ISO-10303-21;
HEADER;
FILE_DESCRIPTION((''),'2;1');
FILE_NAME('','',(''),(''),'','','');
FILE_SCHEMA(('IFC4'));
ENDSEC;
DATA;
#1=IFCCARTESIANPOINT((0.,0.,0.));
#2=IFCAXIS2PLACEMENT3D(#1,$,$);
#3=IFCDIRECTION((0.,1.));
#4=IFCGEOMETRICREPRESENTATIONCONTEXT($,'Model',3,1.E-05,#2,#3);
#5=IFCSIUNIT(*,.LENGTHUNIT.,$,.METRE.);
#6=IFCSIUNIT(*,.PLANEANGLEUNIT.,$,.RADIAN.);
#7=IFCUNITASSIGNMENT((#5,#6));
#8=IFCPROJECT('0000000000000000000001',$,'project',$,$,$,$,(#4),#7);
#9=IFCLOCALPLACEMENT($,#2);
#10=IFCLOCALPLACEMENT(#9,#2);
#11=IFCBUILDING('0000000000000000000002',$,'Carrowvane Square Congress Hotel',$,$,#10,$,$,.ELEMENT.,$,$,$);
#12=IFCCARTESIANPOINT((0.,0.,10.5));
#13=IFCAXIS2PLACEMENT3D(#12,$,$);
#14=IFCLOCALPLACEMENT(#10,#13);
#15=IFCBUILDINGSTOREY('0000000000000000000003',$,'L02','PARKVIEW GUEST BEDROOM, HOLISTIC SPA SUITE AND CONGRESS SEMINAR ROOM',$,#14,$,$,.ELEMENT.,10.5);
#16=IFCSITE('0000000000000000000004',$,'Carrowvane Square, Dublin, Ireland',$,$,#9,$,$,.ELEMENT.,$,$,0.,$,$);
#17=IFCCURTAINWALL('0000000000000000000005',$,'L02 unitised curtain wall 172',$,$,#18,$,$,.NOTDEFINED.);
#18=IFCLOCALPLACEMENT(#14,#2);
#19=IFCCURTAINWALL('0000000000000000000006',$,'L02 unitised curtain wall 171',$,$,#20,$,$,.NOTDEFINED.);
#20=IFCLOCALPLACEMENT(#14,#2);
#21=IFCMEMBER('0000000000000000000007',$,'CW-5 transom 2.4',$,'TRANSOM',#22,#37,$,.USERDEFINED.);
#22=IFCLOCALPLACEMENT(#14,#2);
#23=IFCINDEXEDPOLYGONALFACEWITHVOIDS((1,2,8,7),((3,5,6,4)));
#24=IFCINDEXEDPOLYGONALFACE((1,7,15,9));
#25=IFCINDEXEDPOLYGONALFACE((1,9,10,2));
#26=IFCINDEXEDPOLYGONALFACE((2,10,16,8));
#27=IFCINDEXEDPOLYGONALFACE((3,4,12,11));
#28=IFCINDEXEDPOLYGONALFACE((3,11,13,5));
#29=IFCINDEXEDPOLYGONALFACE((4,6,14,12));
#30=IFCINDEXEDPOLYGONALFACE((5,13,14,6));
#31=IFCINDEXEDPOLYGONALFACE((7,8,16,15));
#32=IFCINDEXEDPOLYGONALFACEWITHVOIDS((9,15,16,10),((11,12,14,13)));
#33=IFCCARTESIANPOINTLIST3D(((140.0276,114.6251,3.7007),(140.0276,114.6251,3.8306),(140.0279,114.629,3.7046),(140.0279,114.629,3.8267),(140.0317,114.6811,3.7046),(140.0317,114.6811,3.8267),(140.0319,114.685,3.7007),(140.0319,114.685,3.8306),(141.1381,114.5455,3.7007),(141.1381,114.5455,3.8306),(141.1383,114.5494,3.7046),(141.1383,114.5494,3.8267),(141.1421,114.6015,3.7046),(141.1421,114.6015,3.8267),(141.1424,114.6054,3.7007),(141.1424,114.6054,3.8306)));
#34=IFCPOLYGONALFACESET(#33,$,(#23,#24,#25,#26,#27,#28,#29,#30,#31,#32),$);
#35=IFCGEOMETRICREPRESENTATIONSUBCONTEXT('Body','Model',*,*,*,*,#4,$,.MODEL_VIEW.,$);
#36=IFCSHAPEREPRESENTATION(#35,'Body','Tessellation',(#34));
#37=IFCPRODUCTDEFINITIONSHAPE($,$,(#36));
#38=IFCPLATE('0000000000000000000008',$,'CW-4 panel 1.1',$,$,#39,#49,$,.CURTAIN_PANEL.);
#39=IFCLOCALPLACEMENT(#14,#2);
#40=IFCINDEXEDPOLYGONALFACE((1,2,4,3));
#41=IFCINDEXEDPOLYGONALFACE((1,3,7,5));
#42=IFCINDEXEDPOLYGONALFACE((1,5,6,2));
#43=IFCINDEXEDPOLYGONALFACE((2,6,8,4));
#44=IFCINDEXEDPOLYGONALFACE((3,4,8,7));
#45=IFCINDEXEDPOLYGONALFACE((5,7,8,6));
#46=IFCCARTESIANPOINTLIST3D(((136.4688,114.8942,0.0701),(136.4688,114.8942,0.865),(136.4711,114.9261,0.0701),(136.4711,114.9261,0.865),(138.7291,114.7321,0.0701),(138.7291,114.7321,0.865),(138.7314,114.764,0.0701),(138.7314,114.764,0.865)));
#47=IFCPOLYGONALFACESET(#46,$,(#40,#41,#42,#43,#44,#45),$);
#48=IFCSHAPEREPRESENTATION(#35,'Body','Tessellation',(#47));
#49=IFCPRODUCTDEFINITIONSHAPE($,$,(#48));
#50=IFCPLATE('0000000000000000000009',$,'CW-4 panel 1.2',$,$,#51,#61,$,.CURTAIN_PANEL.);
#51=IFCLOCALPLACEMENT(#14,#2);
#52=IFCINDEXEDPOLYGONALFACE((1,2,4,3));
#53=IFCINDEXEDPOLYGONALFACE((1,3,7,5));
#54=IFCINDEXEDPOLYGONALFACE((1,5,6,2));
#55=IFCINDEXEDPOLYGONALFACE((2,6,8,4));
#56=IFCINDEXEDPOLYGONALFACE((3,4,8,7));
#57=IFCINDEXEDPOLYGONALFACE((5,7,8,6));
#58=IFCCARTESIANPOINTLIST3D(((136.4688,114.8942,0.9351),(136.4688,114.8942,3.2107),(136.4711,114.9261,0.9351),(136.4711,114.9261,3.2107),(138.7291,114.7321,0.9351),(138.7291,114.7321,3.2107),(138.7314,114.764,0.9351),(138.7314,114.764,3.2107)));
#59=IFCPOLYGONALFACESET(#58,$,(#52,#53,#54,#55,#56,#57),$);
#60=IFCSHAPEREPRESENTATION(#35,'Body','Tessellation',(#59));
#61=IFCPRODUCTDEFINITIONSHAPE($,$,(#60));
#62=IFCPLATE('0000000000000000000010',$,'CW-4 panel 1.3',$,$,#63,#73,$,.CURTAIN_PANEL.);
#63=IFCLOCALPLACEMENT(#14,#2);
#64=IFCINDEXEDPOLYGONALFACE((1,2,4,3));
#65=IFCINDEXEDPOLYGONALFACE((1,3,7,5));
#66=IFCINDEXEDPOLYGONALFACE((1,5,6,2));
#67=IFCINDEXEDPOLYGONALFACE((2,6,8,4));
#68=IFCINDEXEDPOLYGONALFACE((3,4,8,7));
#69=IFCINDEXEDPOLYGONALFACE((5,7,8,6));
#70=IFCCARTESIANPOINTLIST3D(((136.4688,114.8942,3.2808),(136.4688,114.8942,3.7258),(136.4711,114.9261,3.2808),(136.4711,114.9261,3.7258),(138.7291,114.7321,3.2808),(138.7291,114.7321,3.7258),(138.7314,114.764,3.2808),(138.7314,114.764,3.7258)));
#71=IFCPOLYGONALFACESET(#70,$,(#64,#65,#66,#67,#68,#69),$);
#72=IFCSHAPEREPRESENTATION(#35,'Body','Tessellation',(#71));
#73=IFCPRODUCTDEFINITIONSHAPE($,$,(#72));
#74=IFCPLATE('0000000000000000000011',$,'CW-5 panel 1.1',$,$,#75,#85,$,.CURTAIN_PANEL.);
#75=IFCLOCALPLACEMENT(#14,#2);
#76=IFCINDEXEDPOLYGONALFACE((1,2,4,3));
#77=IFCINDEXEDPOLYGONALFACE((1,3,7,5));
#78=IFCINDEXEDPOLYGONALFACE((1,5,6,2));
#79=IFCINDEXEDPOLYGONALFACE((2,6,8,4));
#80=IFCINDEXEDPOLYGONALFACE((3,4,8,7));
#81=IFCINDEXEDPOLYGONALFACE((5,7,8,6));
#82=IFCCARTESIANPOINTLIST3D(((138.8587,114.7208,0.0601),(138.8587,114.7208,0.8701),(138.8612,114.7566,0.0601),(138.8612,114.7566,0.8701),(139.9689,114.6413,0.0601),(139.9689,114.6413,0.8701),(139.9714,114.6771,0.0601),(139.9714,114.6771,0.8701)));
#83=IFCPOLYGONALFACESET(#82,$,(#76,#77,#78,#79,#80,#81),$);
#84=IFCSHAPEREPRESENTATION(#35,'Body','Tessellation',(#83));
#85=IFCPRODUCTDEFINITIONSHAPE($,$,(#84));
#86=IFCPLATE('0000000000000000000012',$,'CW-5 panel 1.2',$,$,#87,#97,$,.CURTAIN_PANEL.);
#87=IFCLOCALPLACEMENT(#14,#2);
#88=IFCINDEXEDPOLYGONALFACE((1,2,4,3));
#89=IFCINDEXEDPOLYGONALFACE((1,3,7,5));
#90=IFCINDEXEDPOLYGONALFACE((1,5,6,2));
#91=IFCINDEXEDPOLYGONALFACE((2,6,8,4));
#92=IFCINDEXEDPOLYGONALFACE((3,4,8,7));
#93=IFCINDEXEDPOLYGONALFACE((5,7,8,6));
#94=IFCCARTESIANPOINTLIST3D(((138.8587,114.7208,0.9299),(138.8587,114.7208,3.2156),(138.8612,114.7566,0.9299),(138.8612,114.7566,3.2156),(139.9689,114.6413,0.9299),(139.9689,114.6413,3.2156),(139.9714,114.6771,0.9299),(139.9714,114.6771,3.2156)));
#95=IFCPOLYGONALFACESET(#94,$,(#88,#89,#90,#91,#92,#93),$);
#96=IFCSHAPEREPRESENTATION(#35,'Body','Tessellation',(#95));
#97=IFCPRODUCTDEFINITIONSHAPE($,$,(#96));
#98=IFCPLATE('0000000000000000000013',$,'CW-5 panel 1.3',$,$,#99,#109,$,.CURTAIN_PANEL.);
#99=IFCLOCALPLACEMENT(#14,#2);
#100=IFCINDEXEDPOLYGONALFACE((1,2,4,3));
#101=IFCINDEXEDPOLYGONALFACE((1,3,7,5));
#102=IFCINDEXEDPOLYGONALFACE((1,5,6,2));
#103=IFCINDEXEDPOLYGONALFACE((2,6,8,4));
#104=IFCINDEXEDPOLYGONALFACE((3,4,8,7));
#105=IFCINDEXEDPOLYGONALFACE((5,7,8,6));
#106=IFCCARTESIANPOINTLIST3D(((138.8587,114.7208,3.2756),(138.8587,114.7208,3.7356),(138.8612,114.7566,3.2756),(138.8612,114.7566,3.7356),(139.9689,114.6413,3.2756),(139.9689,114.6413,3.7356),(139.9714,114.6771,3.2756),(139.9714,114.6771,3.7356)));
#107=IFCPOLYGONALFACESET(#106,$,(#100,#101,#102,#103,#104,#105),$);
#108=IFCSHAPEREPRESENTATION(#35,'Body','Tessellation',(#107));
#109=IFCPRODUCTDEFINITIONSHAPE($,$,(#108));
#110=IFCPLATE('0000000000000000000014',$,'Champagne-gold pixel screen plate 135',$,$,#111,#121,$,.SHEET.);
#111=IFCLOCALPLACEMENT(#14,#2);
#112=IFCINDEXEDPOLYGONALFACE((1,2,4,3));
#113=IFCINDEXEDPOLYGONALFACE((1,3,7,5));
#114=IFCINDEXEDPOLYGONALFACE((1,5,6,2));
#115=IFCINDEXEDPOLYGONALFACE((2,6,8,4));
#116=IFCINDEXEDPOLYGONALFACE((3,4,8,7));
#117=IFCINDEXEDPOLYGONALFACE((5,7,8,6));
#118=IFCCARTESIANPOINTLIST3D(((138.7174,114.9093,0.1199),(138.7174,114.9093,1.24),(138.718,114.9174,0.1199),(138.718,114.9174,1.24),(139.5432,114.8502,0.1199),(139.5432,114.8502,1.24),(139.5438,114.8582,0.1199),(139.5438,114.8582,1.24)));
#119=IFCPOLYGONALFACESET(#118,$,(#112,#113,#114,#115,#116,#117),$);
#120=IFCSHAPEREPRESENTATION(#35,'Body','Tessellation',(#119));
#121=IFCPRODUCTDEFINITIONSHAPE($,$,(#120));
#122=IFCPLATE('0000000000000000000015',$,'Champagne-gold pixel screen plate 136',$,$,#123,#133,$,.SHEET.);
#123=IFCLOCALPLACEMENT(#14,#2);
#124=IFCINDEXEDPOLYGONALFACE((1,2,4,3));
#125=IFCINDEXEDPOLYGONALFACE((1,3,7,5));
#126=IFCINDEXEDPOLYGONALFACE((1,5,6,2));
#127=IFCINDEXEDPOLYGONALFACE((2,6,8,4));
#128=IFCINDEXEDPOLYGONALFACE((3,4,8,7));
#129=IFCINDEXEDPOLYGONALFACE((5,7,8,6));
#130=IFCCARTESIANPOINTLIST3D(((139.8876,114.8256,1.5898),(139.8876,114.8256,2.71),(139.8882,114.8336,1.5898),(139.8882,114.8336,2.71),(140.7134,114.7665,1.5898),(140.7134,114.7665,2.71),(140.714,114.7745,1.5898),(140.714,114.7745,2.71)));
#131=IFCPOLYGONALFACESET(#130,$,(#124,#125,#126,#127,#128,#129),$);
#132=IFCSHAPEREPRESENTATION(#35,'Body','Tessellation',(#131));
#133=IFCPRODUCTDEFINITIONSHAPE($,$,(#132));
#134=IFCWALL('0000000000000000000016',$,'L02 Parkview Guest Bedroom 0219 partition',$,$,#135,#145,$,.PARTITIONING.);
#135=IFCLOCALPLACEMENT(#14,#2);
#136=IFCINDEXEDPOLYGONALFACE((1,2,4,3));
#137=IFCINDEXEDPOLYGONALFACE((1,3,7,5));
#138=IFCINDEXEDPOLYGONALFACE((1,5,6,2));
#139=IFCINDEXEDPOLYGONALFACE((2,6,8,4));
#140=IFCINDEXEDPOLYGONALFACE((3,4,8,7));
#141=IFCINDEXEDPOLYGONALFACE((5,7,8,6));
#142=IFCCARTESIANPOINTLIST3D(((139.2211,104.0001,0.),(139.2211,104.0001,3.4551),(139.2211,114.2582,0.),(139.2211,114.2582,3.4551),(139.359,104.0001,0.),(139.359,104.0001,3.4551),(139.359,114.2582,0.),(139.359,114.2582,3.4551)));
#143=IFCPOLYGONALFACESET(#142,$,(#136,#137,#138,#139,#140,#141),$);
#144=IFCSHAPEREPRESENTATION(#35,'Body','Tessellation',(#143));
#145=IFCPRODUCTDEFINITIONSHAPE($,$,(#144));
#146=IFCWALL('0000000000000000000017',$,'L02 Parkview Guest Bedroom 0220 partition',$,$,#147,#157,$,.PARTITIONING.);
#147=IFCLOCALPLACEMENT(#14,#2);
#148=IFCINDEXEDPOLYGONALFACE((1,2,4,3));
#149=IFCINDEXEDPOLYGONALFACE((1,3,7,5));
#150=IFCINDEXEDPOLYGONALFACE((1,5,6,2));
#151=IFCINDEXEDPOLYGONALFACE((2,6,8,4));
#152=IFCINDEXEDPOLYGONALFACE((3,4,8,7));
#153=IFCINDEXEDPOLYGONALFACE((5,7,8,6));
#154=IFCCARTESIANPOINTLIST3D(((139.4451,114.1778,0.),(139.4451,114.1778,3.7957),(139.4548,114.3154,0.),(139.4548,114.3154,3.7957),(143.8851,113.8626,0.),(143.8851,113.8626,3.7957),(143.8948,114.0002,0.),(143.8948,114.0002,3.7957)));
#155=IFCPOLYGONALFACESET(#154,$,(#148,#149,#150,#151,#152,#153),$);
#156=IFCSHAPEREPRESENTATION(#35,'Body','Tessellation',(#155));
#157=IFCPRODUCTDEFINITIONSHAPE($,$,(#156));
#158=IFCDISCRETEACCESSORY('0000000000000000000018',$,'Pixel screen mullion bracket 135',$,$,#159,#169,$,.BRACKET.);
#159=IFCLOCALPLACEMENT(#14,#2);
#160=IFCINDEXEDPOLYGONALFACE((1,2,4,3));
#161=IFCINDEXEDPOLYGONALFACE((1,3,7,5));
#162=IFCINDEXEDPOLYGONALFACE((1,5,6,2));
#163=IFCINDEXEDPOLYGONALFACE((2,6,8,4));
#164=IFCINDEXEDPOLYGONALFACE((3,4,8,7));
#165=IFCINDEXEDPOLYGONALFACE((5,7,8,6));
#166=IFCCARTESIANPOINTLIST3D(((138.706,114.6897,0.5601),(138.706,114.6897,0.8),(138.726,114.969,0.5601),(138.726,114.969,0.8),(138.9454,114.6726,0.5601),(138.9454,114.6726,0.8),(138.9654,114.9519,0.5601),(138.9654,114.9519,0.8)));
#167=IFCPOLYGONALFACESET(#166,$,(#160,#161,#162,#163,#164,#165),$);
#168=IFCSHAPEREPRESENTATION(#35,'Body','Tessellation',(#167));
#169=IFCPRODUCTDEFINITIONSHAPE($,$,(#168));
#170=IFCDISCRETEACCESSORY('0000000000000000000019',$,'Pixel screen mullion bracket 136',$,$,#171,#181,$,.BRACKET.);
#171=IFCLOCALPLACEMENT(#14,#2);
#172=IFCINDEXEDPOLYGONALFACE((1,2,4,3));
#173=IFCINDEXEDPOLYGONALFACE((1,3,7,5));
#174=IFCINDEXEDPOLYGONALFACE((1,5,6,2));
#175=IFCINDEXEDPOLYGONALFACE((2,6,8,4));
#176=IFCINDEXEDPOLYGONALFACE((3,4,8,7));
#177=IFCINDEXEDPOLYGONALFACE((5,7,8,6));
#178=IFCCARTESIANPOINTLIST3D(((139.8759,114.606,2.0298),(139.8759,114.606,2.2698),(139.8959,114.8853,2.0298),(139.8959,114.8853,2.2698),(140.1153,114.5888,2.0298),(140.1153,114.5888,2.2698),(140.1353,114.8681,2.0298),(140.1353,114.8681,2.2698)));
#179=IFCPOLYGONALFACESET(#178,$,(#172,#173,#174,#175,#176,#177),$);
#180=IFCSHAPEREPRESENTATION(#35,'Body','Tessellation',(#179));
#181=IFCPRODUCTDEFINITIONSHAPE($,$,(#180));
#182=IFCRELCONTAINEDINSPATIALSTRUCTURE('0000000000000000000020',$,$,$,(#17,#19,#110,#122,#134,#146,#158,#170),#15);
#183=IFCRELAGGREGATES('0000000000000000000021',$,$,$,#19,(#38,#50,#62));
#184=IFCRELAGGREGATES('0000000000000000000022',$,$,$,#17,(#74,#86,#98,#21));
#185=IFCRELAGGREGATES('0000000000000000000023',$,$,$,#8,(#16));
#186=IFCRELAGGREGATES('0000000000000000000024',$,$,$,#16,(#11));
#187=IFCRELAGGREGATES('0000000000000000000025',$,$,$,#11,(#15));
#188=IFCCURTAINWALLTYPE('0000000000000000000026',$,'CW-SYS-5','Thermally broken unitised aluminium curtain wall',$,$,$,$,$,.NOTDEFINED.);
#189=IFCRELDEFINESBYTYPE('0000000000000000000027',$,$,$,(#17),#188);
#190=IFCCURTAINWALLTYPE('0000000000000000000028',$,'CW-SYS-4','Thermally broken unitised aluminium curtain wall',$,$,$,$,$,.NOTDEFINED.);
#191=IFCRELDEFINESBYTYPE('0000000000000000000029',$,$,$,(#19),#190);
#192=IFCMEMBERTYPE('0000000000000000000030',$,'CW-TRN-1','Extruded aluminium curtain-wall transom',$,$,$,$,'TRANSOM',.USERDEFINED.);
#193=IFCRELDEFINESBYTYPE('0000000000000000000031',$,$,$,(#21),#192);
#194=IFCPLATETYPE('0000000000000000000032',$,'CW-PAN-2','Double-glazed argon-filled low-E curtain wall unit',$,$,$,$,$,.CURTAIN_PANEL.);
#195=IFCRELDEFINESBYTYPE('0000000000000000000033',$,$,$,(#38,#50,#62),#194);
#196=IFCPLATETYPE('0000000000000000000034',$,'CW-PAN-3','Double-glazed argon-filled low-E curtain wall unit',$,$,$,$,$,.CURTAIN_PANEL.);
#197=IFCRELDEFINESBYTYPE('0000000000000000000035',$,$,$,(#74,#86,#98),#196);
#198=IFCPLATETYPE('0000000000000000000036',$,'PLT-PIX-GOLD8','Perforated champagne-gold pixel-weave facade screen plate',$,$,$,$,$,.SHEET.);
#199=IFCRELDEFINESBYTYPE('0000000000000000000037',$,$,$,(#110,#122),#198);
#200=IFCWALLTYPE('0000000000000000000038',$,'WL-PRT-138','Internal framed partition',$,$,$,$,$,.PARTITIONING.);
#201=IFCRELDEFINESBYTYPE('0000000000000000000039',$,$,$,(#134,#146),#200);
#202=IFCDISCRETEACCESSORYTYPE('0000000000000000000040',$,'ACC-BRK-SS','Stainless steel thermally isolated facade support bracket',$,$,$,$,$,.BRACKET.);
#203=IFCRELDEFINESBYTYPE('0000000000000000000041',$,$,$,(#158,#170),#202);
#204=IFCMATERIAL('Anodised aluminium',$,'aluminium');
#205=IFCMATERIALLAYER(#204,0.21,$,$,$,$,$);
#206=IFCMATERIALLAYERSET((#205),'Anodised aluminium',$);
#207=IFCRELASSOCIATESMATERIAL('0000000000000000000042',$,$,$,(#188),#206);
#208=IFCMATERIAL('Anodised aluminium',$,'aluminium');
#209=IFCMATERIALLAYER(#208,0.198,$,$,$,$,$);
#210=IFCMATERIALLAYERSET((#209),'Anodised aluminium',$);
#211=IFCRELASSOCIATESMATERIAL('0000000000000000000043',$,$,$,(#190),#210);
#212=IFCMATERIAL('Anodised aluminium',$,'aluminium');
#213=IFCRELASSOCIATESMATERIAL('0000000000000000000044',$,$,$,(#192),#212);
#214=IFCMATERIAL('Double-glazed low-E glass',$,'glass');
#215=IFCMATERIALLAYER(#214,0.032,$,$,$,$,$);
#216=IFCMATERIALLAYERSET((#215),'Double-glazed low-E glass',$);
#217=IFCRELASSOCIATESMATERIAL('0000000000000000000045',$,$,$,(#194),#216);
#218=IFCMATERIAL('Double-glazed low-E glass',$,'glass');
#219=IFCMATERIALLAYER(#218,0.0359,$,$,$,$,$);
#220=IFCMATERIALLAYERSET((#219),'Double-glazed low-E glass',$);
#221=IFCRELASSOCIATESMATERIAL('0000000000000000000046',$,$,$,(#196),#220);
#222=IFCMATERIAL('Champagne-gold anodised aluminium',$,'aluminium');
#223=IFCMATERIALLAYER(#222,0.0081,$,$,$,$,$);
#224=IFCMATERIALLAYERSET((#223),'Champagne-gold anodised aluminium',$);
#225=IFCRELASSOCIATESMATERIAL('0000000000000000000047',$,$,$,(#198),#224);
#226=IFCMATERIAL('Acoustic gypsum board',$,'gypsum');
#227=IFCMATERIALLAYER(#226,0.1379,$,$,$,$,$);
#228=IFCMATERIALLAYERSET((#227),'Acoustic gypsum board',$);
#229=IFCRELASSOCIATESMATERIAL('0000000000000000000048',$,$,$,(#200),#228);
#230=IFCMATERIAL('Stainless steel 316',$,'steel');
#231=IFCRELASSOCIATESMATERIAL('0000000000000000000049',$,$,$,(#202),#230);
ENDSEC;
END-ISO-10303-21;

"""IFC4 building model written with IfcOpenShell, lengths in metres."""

from ifc_helpers import new_model, si_unit, direction, frame, frame_2d, origin, origin_2d, place, context, subcontext, project, spatial, rectangle, hollow_rectangle, extrude, material, layer, layer_set, material_profile, profile_set, type_object, element, aggregate, save


model = new_model("IFC4")

# Units and contexts
model_context = context("Model", 3, precision=1e-05, world=origin(), true_north=direction((0.0, 1.0)))
body_context = subcontext(model_context, "Body", "Model", "MODEL_VIEW")
ifc_project = project(units=[si_unit("LENGTHUNIT", "METRE"), si_unit("PLANEANGLEUNIT", "RADIAN")], contexts=[model_context])

# Site, building, storey
site_placement = place(None, origin())
site = spatial("IfcSite", under=ifc_project, at=site_placement, Name="Carrowvane Square, Dublin, Ireland", CompositionType="ELEMENT", RefElevation=0.0)
building_placement = place(site_placement, origin())
building = spatial("IfcBuilding", under=site, at=building_placement, Name="Carrowvane Square Congress Hotel", CompositionType="ELEMENT")
storey_placement = place(building_placement, frame((0.0, 0.0, 10.5)))
storey = spatial("IfcBuildingStorey", under=building, at=storey_placement, Name="L02", Description="PARKVIEW GUEST BEDROOM, HOLISTIC SPA SUITE AND CONGRESS SEMINAR ROOM", CompositionType="ELEMENT", Elevation=10.5)

# Curtain wall
ifc_material_1 = material(Name="Anodised aluminium", Category="aluminium")
ifc_layer_1 = layer(ifc_material_1, 0.21)
ifc_layer_set_1 = layer_set([ifc_layer_1], Name="Anodised aluminium")
curtain_wall_type_1 = type_object("IfcCurtainWallType", Name="CW-SYS-5", Description="Thermally broken unitised aluminium curtain wall", PredefinedType="NOTDEFINED", material=ifc_layer_set_1)
curtain_wall_1_placement = place(storey_placement, origin())
curtain_wall_1 = element("IfcCurtainWall", 1, at=curtain_wall_1_placement, inside=storey, type_object=curtain_wall_type_1, Name="L02 unitised curtain wall 172", PredefinedType="NOTDEFINED")

# Curtain wall
ifc_material_2 = material(Name="Anodised aluminium", Category="aluminium")
ifc_layer_2 = layer(ifc_material_2, 0.198)
ifc_layer_set_2 = layer_set([ifc_layer_2], Name="Anodised aluminium")
curtain_wall_type_2 = type_object("IfcCurtainWallType", Name="CW-SYS-4", Description="Thermally broken unitised aluminium curtain wall", PredefinedType="NOTDEFINED", material=ifc_layer_set_2)
curtain_wall_2_placement = place(storey_placement, origin())
curtain_wall_2 = element("IfcCurtainWall", 2, at=curtain_wall_2_placement, inside=storey, type_object=curtain_wall_type_2, Name="L02 unitised curtain wall 171", PredefinedType="NOTDEFINED")

# Member
ifc_material_3 = material(Name="Anodised aluminium", Category="aluminium")
ifc_material_profile_1 = material_profile(ifc_material_3, hollow_rectangle(XDim=0.0601, YDim=0.1299, WallThickness=0.0039, at=origin_2d()), Name="CW-TR 60x130x4")
ifc_profile_set_1 = profile_set([ifc_material_profile_1], Name="Anodised aluminium")
member_type_1 = type_object("IfcMemberType", Name="CW-TRN-1", Description="Extruded aluminium curtain-wall transom", ElementType="TRANSOM", PredefinedType="USERDEFINED", material=ifc_profile_set_1)
member_1_placement = place(storey_placement, frame((140.0298, 114.655, 3.7656), z_axis=(0.997441, -0.071496, 0.0), x_axis=(0.071496, 0.997441, 0.0)))
member_1 = element("IfcMember", 3, at=member_1_placement, type_object=member_type_1, Name="CW-5 transom 2.4", ObjectType="TRANSOM", PredefinedType="USERDEFINED", context=body_context, shape_type="SweptSolid", body=[
    extrude(hollow_rectangle(XDim=0.0601, YDim=0.1299, WallThickness=0.0039, at=origin_2d()), origin(), (0.0, 0.0, 1.0), 1.1133),
])

# Plates
ifc_material_4 = material(Name="Double-glazed low-E glass", Category="glass")
ifc_layer_3 = layer(ifc_material_4, 0.032)
ifc_layer_set_3 = layer_set([ifc_layer_3], Name="Double-glazed low-E glass")
plate_type_1 = type_object("IfcPlateType", Name="CW-PAN-2", Description="Double-glazed argon-filled low-E curtain wall unit", PredefinedType="CURTAIN_PANEL", material=ifc_layer_set_3)
plate_1_placement = place(storey_placement, frame((137.6001, 114.8291, 0.0701), z_axis=(0.0, 0.0, 1.0), x_axis=(0.997438, -0.071532, 0.0)))
plate_1 = element("IfcPlate", 4, at=plate_1_placement, type_object=plate_type_1, Name="CW-4 panel 1.1", PredefinedType="CURTAIN_PANEL", context=body_context, shape_type="SweptSolid", body=[
    extrude(rectangle(XDim=2.2661, YDim=0.032, at=origin_2d()), origin(), (0.0, 0.0, 1.0), 0.7949),
])
plate_2_placement = place(storey_placement, frame((137.6001, 114.8291, 0.9351), z_axis=(0.0, 0.0, 1.0), x_axis=(0.997438, -0.071532, 0.0)))
plate_2 = element("IfcPlate", 5, at=plate_2_placement, type_object=plate_type_1, Name="CW-4 panel 1.2", PredefinedType="CURTAIN_PANEL", context=body_context, shape_type="SweptSolid", body=[
    extrude(rectangle(XDim=2.2661, YDim=0.032, at=origin_2d()), origin(), (0.0, 0.0, 1.0), 2.2756),
])
plate_3_placement = place(storey_placement, frame((137.6001, 114.8291, 3.2808), z_axis=(0.0, 0.0, 1.0), x_axis=(0.997438, -0.071532, 0.0)))
plate_3 = element("IfcPlate", 6, at=plate_3_placement, type_object=plate_type_1, Name="CW-4 panel 1.3", PredefinedType="CURTAIN_PANEL", context=body_context, shape_type="SweptSolid", body=[
    extrude(rectangle(XDim=2.2661, YDim=0.032, at=origin_2d()), origin(), (0.0, 0.0, 1.0), 0.4451),
])
aggregate(curtain_wall_2, [plate_1, plate_2, plate_3])
ifc_material_5 = material(Name="Double-glazed low-E glass", Category="glass")
ifc_layer_4 = layer(ifc_material_5, 0.0359)
ifc_layer_set_4 = layer_set([ifc_layer_4], Name="Double-glazed low-E glass")
plate_type_2 = type_object("IfcPlateType", Name="CW-PAN-3", Description="Double-glazed argon-filled low-E curtain wall unit", PredefinedType="CURTAIN_PANEL", material=ifc_layer_set_4)
plate_4_placement = place(storey_placement, frame((139.415, 114.699, 0.0601), z_axis=(0.0, 0.0, 1.0), x_axis=(0.997446, -0.071422, 0.0)))
plate_4 = element("IfcPlate", 7, at=plate_4_placement, type_object=plate_type_2, Name="CW-5 panel 1.1", PredefinedType="CURTAIN_PANEL", context=body_context, shape_type="SweptSolid", body=[
    extrude(rectangle(XDim=1.113, YDim=0.0359, at=origin_2d()), origin(), (0.0, 0.0, 1.0), 0.8101),
])
plate_5_placement = place(storey_placement, frame((139.415, 114.699, 0.9299), z_axis=(0.0, 0.0, 1.0), x_axis=(0.997446, -0.071422, 0.0)))
plate_5 = element("IfcPlate", 8, at=plate_5_placement, type_object=plate_type_2, Name="CW-5 panel 1.2", PredefinedType="CURTAIN_PANEL", context=body_context, shape_type="SweptSolid", body=[
    extrude(rectangle(XDim=1.113, YDim=0.0359, at=origin_2d()), origin(), (0.0, 0.0, 1.0), 2.2856),
])
plate_6_placement = place(storey_placement, frame((139.415, 114.699, 3.2756), z_axis=(0.0, 0.0, 1.0), x_axis=(0.997446, -0.071422, 0.0)))
plate_6 = element("IfcPlate", 9, at=plate_6_placement, type_object=plate_type_2, Name="CW-5 panel 1.3", PredefinedType="CURTAIN_PANEL", context=body_context, shape_type="SweptSolid", body=[
    extrude(rectangle(XDim=1.113, YDim=0.0359, at=origin_2d()), origin(), (0.0, 0.0, 1.0), 0.46),
])
aggregate(curtain_wall_1, [plate_4, plate_5, plate_6, member_1])

# Plates
ifc_material_6 = material(Name="Champagne-gold anodised aluminium", Category="aluminium")
ifc_layer_5 = layer(ifc_material_6, 0.0081)
ifc_layer_set_5 = layer_set([ifc_layer_5], Name="Champagne-gold anodised aluminium")
plate_type_3 = type_object("IfcPlateType", Name="PLT-PIX-GOLD8", Description="Perforated champagne-gold pixel-weave facade screen plate", PredefinedType="SHEET", material=ifc_layer_set_5)
for number, where, z_axis, x_axis, name in (
    (10, (139.1306, 114.8838, 0.1199), (0.0, 0.0, 1.0), (0.997446, -0.07142, 0.0), "Champagne-gold pixel screen plate 135"),
    (11, (140.3008, 114.8, 1.5898), (0.0, 0.0, 1.0), (0.997446, -0.07142, 0.0), "Champagne-gold pixel screen plate 136"),
):
    element("IfcPlate", number, at=place(storey_placement, frame(where, z_axis=z_axis, x_axis=x_axis)), inside=storey, type_object=plate_type_3, Name=name, PredefinedType="SHEET", context=body_context, shape_type="SweptSolid", body=[
        extrude(rectangle(XDim=0.8279, YDim=0.0081, at=origin_2d()), origin(), (0.0, 0.0, 1.0), 1.1201),
    ])

# Walls
ifc_material_7 = material(Name="Acoustic gypsum board", Category="gypsum")
ifc_layer_6 = layer(ifc_material_7, 0.1379)
ifc_layer_set_6 = layer_set([ifc_layer_6], Name="Acoustic gypsum board")
wall_type = type_object("IfcWallType", Name="WL-PRT-138", Description="Internal framed partition", PredefinedType="PARTITIONING", material=ifc_layer_set_6)
wall_1_placement = place(storey_placement, frame((139.29, 114.2581, 0.0), z_axis=(0.0, 0.0, 1.0), x_axis=(0.0, -1.0, 0.0)))
element("IfcWall", 12, at=wall_1_placement, inside=storey, type_object=wall_type, Name="L02 Parkview Guest Bedroom 0219 partition", PredefinedType="PARTITIONING", context=body_context, shape_type="SweptSolid", body=[
    extrude(rectangle(XDim=10.2581, YDim=0.1379, at=frame_2d((5.1289, 0.0))), origin(), (0.0, 0.0, 1.0), 3.4551),
])
wall_2_placement = place(storey_placement, frame((139.45, 114.2466, 0.0), z_axis=(0.0, 0.0, 1.0), x_axis=(0.99749, -0.07081, 0.0)))
element("IfcWall", 13, at=wall_2_placement, inside=storey, type_object=wall_type, Name="L02 Parkview Guest Bedroom 0220 partition", PredefinedType="PARTITIONING", context=body_context, shape_type="SweptSolid", body=[
    extrude(rectangle(XDim=4.4512, YDim=0.1379, at=frame_2d((2.2256, 0.0))), origin(), (0.0, 0.0, 1.0), 3.7957),
])

# Discrete accessories
ifc_material_8 = material(Name="Stainless steel 316", Category="steel")
discrete_accessory_type = type_object("IfcDiscreteAccessoryType", Name="ACC-BRK-SS", Description="Stainless steel thermally isolated facade support bracket", PredefinedType="BRACKET", material=ifc_material_8)
for number, where, z_axis, x_axis, name in (
    (14, (138.8357, 114.8208, 0.5601), (0.0, 0.0, 1.0), (0.997446, -0.07142, 0.0), "Pixel screen mullion bracket 135"),
    (15, (140.0056, 114.7371, 2.0298), (0.0, 0.0, 1.0), (0.997446, -0.07142, 0.0), "Pixel screen mullion bracket 136"),
):
    element("IfcDiscreteAccessory", number, at=place(storey_placement, frame(where, z_axis=z_axis, x_axis=x_axis)), inside=storey, type_object=discrete_accessory_type, Name=name, PredefinedType="BRACKET", context=body_context, shape_type="SweptSolid", body=[
        extrude(rectangle(XDim=0.24, YDim=0.28, at=origin_2d()), origin(), (0.0, 0.0, 1.0), 0.24),
    ])

save(model, "model.ifc")
